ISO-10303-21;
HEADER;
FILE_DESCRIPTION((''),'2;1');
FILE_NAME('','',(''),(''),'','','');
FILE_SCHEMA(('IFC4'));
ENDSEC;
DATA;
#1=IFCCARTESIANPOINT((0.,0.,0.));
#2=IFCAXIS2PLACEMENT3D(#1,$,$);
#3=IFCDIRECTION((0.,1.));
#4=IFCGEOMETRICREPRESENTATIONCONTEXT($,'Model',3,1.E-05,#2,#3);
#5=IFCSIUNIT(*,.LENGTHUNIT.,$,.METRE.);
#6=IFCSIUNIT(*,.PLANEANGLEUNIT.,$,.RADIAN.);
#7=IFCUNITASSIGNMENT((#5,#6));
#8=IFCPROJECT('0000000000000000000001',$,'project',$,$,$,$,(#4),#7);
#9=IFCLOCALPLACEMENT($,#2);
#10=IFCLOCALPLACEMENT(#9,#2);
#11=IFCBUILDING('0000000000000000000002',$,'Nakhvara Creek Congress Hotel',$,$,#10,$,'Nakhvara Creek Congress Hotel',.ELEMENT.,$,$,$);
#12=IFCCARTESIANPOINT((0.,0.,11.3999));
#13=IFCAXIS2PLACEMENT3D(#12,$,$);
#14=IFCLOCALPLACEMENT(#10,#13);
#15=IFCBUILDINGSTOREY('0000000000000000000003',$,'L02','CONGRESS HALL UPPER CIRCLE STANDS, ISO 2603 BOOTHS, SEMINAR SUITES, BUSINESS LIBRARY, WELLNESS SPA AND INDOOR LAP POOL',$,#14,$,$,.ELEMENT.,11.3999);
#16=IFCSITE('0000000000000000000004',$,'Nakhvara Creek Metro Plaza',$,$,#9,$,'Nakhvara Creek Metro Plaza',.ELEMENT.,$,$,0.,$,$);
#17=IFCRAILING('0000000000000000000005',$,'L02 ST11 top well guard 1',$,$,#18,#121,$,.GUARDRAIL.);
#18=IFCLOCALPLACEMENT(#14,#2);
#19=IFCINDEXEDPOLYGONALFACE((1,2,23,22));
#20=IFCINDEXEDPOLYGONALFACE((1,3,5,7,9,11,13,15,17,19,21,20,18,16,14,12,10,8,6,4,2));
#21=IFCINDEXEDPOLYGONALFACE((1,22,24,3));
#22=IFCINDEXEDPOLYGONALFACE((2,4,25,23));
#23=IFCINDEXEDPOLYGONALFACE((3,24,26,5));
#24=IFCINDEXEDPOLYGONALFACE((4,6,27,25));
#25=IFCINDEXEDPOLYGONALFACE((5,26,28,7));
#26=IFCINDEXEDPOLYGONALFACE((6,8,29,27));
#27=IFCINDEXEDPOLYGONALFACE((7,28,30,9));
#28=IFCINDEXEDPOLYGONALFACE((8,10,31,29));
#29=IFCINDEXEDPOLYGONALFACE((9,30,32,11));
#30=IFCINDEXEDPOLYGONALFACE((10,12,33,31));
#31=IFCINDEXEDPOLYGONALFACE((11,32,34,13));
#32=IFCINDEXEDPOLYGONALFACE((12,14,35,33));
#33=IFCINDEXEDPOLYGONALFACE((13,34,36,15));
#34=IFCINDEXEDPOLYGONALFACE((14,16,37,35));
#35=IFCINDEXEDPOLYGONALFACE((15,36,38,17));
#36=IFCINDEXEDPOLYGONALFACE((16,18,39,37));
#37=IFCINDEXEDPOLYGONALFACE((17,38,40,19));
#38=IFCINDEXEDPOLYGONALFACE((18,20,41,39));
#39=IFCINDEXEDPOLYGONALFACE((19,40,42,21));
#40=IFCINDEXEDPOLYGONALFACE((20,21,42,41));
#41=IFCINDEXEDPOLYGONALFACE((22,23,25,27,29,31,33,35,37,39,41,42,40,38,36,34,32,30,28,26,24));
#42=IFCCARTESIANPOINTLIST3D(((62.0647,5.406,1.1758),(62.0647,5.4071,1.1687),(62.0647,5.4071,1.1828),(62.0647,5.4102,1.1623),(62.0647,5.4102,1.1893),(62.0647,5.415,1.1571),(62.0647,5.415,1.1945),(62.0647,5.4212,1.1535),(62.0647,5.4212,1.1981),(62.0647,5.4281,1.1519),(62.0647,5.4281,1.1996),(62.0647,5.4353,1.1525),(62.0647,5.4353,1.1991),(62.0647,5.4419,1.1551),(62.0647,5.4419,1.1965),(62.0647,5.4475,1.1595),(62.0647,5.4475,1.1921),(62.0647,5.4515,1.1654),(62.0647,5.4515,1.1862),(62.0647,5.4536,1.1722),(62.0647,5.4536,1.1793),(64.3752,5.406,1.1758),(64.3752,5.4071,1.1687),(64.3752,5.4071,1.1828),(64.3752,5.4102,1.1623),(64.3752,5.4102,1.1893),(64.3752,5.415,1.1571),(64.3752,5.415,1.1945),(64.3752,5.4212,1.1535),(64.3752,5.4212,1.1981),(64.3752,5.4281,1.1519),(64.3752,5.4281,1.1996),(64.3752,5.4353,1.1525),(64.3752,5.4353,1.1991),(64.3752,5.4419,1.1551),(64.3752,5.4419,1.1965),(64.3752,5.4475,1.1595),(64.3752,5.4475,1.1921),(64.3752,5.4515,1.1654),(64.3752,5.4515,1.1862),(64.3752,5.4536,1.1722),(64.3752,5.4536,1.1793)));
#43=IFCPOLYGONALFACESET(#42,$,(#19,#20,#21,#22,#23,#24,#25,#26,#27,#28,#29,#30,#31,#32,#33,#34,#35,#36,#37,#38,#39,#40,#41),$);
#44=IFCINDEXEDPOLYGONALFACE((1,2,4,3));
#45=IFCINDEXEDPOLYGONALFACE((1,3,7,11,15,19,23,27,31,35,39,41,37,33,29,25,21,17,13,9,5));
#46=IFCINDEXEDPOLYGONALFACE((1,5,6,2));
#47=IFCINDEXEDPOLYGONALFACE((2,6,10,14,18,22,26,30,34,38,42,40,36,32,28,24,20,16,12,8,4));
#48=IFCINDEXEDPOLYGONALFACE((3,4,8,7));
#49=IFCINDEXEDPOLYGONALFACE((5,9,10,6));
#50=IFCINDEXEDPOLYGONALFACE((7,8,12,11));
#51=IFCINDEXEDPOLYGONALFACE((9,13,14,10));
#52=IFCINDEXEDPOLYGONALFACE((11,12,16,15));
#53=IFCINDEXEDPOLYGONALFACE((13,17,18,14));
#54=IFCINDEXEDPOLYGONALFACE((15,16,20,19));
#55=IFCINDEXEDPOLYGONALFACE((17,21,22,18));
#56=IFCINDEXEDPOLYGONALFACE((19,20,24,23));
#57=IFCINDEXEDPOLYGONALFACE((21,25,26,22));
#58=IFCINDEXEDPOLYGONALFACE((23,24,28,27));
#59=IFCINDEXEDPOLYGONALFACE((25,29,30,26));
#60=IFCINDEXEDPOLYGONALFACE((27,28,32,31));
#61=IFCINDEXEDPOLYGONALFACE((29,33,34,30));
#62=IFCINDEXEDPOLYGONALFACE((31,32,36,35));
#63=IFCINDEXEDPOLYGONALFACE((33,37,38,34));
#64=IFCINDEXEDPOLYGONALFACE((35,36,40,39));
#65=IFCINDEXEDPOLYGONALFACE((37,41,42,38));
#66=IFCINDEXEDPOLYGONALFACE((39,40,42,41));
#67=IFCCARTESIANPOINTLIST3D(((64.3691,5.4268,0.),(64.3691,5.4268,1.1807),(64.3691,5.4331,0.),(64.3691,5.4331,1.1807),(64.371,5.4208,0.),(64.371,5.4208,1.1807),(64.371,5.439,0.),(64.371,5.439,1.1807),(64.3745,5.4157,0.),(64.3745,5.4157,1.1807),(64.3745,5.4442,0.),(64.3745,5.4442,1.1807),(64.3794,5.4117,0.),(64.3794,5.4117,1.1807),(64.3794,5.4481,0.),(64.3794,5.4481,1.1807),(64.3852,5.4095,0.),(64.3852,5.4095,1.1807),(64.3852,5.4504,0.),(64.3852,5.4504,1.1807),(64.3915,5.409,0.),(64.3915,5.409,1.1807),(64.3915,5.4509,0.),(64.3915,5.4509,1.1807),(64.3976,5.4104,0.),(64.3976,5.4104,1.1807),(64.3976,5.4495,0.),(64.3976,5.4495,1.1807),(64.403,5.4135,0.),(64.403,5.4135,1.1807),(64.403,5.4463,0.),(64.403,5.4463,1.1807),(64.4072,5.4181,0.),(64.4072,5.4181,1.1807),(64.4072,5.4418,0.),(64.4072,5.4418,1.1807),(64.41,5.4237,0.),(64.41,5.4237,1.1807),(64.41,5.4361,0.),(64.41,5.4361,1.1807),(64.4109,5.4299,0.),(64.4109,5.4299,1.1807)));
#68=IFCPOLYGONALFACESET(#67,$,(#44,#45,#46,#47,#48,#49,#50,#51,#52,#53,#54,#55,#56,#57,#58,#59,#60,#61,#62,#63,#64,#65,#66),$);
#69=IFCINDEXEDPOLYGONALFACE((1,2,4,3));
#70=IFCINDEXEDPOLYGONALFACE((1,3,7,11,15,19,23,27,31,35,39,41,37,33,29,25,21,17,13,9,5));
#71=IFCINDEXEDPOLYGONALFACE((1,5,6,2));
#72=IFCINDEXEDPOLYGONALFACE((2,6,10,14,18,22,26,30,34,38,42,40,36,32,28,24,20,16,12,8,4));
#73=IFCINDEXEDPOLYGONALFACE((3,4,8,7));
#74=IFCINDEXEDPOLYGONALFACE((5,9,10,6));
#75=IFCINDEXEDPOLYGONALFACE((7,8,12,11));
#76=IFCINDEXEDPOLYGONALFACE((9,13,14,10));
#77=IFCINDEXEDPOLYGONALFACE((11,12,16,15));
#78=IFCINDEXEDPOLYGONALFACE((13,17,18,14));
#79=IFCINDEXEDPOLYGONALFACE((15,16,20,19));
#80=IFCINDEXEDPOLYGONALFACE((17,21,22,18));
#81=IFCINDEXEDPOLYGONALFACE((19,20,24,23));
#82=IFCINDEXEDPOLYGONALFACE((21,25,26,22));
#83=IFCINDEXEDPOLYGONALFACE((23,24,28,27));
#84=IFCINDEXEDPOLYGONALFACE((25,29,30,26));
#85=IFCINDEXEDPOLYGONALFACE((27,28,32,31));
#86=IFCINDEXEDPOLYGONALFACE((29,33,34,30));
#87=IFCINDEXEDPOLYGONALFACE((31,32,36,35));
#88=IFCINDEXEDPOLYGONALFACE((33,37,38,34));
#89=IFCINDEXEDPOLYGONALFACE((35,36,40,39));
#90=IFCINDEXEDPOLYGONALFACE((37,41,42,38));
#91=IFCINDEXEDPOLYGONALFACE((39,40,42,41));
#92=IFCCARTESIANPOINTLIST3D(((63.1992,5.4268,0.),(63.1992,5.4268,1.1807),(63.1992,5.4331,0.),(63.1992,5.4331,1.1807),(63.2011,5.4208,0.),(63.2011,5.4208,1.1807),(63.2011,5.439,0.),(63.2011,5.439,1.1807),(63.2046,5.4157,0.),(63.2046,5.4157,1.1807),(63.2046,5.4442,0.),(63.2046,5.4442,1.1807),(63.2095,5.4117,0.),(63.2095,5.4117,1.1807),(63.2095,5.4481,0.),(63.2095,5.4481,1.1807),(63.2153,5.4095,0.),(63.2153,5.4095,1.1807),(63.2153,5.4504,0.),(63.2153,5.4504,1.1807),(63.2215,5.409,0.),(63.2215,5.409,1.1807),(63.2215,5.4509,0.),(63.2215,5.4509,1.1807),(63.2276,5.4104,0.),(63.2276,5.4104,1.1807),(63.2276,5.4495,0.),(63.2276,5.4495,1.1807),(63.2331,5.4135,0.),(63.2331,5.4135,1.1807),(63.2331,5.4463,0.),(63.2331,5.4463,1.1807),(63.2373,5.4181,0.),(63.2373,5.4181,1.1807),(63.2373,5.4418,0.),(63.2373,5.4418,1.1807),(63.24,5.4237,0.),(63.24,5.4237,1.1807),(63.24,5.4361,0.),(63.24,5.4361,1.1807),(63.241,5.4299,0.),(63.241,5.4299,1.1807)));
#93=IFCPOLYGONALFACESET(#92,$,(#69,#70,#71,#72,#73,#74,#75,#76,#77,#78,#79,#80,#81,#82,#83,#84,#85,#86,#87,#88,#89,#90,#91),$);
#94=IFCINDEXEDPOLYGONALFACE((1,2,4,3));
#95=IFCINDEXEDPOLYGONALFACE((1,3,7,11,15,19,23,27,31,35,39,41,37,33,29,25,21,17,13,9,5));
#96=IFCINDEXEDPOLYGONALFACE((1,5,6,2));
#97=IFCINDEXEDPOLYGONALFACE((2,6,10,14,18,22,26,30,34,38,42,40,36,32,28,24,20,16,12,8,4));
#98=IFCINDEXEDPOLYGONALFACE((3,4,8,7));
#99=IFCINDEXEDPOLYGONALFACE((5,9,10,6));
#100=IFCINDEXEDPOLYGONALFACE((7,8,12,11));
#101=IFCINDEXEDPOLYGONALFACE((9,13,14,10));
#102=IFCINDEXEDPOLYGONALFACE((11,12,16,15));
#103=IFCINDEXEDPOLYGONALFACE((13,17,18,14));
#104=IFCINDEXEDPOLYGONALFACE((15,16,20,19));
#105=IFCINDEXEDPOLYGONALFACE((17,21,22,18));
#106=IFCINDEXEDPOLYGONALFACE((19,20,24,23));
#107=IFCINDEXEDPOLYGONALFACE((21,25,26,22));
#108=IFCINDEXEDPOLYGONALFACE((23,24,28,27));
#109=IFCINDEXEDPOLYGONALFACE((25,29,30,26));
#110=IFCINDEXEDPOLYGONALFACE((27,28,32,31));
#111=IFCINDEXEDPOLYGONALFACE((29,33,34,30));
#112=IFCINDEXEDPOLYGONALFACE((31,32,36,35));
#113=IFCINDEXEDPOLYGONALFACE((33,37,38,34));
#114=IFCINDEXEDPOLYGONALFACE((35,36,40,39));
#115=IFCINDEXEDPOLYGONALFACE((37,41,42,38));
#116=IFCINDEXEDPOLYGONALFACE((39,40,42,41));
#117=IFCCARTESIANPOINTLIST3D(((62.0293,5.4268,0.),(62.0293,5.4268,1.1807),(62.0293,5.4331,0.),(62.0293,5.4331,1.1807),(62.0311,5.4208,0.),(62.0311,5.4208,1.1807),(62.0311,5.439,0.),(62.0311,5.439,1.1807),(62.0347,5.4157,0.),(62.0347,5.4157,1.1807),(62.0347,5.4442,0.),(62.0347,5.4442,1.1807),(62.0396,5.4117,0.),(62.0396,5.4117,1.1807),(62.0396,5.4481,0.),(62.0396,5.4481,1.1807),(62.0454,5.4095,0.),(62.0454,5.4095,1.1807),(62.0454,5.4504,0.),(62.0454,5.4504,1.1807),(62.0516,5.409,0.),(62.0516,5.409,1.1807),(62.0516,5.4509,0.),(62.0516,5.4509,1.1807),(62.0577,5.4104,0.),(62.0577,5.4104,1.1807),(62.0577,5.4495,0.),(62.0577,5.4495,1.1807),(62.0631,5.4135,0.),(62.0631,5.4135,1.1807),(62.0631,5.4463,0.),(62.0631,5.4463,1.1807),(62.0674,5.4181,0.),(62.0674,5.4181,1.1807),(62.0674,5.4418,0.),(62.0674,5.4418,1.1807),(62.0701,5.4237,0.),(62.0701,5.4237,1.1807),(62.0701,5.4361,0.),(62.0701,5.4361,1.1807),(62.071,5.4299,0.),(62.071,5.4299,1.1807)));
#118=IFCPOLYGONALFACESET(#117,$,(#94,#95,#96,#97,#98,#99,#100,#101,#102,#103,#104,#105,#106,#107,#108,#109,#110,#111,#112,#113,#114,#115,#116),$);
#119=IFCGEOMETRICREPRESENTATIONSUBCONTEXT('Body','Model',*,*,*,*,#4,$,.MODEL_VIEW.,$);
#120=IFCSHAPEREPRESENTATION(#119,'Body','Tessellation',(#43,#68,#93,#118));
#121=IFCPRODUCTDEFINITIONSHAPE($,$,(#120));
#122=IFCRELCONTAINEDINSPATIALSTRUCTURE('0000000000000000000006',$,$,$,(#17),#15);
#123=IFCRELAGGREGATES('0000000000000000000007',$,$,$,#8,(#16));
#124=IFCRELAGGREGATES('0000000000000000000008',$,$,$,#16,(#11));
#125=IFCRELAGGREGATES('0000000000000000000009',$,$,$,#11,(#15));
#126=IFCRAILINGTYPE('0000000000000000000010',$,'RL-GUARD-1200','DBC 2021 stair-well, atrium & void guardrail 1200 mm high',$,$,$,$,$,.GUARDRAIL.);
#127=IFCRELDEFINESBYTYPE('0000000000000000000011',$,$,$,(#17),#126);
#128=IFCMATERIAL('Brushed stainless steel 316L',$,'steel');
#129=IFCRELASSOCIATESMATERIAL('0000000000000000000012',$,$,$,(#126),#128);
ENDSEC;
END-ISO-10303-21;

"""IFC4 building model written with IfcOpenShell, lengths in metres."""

from ifc_helpers import new_model, si_unit, direction, frame, origin, origin_2d, place, context, subcontext, project, spatial, circle, extrude, material, type_object, element, save


model = new_model("IFC4")

# Units and contexts
model_context = context("Model", 3, precision=1e-05, world=origin(), true_north=direction((0.0, 1.0)))
body_context = subcontext(model_context, "Body", "Model", "MODEL_VIEW")
ifc_project = project(units=[si_unit("LENGTHUNIT", "METRE"), si_unit("PLANEANGLEUNIT", "RADIAN")], contexts=[model_context])

# Site, building, storey
site_placement = place(None, origin())
site = spatial("IfcSite", under=ifc_project, at=site_placement, Name="Nakhvara Creek Metro Plaza", LongName="Nakhvara Creek Metro Plaza", CompositionType="ELEMENT", RefElevation=0.0)
building_placement = place(site_placement, origin())
building = spatial("IfcBuilding", under=site, at=building_placement, Name="Nakhvara Creek Congress Hotel", LongName="Nakhvara Creek Congress Hotel", CompositionType="ELEMENT")
storey_placement = place(building_placement, frame((0.0, 0.0, 11.3999)))
storey = spatial("IfcBuildingStorey", under=building, at=storey_placement, Name="L02", Description="CONGRESS HALL UPPER CIRCLE STANDS, ISO 2603 BOOTHS, SEMINAR SUITES, BUSINESS LIBRARY, WELLNESS SPA AND INDOOR LAP POOL", CompositionType="ELEMENT", Elevation=11.3999)

# Railing
ifc_material_1 = material(Name="Brushed stainless steel 316L", Category="steel")
railing_type = type_object("IfcRailingType", Name="RL-GUARD-1200", Description="DBC 2021 stair-well, atrium & void guardrail 1200 mm high", PredefinedType="GUARDRAIL", material=ifc_material_1)
railing_placement = place(storey_placement, frame((64.3899, 5.4299, 0.0)))
element("IfcRailing", 1, at=railing_placement, inside=storey, type_object=railing_type, Name="L02 ST11 top well guard 1", PredefinedType="GUARDRAIL", context=body_context, shape_type="SweptSolid", body=[
    extrude(circle(Radius=0.0239, at=origin_2d()), frame((-0.0146, 0.0, 1.1758), z_axis=(-1.0, 0.0, 0.0), x_axis=(0.0, -1.0, 0.0)), (0.0, 0.0, 1.0), 2.3105),
    extrude(circle(Radius=0.021, at=origin_2d()), origin(), (0.0, 0.0, 1.0), 1.1807),
    extrude(circle(Radius=0.021, at=origin_2d()), frame((-1.1699, 0.0, 0.0)), (0.0, 0.0, 1.0), 1.1807),
    extrude(circle(Radius=0.021, at=origin_2d()), frame((-2.3398, 0.0, 0.0)), (0.0, 0.0, 1.0), 1.1807),
])

save(model, "model.ifc")
